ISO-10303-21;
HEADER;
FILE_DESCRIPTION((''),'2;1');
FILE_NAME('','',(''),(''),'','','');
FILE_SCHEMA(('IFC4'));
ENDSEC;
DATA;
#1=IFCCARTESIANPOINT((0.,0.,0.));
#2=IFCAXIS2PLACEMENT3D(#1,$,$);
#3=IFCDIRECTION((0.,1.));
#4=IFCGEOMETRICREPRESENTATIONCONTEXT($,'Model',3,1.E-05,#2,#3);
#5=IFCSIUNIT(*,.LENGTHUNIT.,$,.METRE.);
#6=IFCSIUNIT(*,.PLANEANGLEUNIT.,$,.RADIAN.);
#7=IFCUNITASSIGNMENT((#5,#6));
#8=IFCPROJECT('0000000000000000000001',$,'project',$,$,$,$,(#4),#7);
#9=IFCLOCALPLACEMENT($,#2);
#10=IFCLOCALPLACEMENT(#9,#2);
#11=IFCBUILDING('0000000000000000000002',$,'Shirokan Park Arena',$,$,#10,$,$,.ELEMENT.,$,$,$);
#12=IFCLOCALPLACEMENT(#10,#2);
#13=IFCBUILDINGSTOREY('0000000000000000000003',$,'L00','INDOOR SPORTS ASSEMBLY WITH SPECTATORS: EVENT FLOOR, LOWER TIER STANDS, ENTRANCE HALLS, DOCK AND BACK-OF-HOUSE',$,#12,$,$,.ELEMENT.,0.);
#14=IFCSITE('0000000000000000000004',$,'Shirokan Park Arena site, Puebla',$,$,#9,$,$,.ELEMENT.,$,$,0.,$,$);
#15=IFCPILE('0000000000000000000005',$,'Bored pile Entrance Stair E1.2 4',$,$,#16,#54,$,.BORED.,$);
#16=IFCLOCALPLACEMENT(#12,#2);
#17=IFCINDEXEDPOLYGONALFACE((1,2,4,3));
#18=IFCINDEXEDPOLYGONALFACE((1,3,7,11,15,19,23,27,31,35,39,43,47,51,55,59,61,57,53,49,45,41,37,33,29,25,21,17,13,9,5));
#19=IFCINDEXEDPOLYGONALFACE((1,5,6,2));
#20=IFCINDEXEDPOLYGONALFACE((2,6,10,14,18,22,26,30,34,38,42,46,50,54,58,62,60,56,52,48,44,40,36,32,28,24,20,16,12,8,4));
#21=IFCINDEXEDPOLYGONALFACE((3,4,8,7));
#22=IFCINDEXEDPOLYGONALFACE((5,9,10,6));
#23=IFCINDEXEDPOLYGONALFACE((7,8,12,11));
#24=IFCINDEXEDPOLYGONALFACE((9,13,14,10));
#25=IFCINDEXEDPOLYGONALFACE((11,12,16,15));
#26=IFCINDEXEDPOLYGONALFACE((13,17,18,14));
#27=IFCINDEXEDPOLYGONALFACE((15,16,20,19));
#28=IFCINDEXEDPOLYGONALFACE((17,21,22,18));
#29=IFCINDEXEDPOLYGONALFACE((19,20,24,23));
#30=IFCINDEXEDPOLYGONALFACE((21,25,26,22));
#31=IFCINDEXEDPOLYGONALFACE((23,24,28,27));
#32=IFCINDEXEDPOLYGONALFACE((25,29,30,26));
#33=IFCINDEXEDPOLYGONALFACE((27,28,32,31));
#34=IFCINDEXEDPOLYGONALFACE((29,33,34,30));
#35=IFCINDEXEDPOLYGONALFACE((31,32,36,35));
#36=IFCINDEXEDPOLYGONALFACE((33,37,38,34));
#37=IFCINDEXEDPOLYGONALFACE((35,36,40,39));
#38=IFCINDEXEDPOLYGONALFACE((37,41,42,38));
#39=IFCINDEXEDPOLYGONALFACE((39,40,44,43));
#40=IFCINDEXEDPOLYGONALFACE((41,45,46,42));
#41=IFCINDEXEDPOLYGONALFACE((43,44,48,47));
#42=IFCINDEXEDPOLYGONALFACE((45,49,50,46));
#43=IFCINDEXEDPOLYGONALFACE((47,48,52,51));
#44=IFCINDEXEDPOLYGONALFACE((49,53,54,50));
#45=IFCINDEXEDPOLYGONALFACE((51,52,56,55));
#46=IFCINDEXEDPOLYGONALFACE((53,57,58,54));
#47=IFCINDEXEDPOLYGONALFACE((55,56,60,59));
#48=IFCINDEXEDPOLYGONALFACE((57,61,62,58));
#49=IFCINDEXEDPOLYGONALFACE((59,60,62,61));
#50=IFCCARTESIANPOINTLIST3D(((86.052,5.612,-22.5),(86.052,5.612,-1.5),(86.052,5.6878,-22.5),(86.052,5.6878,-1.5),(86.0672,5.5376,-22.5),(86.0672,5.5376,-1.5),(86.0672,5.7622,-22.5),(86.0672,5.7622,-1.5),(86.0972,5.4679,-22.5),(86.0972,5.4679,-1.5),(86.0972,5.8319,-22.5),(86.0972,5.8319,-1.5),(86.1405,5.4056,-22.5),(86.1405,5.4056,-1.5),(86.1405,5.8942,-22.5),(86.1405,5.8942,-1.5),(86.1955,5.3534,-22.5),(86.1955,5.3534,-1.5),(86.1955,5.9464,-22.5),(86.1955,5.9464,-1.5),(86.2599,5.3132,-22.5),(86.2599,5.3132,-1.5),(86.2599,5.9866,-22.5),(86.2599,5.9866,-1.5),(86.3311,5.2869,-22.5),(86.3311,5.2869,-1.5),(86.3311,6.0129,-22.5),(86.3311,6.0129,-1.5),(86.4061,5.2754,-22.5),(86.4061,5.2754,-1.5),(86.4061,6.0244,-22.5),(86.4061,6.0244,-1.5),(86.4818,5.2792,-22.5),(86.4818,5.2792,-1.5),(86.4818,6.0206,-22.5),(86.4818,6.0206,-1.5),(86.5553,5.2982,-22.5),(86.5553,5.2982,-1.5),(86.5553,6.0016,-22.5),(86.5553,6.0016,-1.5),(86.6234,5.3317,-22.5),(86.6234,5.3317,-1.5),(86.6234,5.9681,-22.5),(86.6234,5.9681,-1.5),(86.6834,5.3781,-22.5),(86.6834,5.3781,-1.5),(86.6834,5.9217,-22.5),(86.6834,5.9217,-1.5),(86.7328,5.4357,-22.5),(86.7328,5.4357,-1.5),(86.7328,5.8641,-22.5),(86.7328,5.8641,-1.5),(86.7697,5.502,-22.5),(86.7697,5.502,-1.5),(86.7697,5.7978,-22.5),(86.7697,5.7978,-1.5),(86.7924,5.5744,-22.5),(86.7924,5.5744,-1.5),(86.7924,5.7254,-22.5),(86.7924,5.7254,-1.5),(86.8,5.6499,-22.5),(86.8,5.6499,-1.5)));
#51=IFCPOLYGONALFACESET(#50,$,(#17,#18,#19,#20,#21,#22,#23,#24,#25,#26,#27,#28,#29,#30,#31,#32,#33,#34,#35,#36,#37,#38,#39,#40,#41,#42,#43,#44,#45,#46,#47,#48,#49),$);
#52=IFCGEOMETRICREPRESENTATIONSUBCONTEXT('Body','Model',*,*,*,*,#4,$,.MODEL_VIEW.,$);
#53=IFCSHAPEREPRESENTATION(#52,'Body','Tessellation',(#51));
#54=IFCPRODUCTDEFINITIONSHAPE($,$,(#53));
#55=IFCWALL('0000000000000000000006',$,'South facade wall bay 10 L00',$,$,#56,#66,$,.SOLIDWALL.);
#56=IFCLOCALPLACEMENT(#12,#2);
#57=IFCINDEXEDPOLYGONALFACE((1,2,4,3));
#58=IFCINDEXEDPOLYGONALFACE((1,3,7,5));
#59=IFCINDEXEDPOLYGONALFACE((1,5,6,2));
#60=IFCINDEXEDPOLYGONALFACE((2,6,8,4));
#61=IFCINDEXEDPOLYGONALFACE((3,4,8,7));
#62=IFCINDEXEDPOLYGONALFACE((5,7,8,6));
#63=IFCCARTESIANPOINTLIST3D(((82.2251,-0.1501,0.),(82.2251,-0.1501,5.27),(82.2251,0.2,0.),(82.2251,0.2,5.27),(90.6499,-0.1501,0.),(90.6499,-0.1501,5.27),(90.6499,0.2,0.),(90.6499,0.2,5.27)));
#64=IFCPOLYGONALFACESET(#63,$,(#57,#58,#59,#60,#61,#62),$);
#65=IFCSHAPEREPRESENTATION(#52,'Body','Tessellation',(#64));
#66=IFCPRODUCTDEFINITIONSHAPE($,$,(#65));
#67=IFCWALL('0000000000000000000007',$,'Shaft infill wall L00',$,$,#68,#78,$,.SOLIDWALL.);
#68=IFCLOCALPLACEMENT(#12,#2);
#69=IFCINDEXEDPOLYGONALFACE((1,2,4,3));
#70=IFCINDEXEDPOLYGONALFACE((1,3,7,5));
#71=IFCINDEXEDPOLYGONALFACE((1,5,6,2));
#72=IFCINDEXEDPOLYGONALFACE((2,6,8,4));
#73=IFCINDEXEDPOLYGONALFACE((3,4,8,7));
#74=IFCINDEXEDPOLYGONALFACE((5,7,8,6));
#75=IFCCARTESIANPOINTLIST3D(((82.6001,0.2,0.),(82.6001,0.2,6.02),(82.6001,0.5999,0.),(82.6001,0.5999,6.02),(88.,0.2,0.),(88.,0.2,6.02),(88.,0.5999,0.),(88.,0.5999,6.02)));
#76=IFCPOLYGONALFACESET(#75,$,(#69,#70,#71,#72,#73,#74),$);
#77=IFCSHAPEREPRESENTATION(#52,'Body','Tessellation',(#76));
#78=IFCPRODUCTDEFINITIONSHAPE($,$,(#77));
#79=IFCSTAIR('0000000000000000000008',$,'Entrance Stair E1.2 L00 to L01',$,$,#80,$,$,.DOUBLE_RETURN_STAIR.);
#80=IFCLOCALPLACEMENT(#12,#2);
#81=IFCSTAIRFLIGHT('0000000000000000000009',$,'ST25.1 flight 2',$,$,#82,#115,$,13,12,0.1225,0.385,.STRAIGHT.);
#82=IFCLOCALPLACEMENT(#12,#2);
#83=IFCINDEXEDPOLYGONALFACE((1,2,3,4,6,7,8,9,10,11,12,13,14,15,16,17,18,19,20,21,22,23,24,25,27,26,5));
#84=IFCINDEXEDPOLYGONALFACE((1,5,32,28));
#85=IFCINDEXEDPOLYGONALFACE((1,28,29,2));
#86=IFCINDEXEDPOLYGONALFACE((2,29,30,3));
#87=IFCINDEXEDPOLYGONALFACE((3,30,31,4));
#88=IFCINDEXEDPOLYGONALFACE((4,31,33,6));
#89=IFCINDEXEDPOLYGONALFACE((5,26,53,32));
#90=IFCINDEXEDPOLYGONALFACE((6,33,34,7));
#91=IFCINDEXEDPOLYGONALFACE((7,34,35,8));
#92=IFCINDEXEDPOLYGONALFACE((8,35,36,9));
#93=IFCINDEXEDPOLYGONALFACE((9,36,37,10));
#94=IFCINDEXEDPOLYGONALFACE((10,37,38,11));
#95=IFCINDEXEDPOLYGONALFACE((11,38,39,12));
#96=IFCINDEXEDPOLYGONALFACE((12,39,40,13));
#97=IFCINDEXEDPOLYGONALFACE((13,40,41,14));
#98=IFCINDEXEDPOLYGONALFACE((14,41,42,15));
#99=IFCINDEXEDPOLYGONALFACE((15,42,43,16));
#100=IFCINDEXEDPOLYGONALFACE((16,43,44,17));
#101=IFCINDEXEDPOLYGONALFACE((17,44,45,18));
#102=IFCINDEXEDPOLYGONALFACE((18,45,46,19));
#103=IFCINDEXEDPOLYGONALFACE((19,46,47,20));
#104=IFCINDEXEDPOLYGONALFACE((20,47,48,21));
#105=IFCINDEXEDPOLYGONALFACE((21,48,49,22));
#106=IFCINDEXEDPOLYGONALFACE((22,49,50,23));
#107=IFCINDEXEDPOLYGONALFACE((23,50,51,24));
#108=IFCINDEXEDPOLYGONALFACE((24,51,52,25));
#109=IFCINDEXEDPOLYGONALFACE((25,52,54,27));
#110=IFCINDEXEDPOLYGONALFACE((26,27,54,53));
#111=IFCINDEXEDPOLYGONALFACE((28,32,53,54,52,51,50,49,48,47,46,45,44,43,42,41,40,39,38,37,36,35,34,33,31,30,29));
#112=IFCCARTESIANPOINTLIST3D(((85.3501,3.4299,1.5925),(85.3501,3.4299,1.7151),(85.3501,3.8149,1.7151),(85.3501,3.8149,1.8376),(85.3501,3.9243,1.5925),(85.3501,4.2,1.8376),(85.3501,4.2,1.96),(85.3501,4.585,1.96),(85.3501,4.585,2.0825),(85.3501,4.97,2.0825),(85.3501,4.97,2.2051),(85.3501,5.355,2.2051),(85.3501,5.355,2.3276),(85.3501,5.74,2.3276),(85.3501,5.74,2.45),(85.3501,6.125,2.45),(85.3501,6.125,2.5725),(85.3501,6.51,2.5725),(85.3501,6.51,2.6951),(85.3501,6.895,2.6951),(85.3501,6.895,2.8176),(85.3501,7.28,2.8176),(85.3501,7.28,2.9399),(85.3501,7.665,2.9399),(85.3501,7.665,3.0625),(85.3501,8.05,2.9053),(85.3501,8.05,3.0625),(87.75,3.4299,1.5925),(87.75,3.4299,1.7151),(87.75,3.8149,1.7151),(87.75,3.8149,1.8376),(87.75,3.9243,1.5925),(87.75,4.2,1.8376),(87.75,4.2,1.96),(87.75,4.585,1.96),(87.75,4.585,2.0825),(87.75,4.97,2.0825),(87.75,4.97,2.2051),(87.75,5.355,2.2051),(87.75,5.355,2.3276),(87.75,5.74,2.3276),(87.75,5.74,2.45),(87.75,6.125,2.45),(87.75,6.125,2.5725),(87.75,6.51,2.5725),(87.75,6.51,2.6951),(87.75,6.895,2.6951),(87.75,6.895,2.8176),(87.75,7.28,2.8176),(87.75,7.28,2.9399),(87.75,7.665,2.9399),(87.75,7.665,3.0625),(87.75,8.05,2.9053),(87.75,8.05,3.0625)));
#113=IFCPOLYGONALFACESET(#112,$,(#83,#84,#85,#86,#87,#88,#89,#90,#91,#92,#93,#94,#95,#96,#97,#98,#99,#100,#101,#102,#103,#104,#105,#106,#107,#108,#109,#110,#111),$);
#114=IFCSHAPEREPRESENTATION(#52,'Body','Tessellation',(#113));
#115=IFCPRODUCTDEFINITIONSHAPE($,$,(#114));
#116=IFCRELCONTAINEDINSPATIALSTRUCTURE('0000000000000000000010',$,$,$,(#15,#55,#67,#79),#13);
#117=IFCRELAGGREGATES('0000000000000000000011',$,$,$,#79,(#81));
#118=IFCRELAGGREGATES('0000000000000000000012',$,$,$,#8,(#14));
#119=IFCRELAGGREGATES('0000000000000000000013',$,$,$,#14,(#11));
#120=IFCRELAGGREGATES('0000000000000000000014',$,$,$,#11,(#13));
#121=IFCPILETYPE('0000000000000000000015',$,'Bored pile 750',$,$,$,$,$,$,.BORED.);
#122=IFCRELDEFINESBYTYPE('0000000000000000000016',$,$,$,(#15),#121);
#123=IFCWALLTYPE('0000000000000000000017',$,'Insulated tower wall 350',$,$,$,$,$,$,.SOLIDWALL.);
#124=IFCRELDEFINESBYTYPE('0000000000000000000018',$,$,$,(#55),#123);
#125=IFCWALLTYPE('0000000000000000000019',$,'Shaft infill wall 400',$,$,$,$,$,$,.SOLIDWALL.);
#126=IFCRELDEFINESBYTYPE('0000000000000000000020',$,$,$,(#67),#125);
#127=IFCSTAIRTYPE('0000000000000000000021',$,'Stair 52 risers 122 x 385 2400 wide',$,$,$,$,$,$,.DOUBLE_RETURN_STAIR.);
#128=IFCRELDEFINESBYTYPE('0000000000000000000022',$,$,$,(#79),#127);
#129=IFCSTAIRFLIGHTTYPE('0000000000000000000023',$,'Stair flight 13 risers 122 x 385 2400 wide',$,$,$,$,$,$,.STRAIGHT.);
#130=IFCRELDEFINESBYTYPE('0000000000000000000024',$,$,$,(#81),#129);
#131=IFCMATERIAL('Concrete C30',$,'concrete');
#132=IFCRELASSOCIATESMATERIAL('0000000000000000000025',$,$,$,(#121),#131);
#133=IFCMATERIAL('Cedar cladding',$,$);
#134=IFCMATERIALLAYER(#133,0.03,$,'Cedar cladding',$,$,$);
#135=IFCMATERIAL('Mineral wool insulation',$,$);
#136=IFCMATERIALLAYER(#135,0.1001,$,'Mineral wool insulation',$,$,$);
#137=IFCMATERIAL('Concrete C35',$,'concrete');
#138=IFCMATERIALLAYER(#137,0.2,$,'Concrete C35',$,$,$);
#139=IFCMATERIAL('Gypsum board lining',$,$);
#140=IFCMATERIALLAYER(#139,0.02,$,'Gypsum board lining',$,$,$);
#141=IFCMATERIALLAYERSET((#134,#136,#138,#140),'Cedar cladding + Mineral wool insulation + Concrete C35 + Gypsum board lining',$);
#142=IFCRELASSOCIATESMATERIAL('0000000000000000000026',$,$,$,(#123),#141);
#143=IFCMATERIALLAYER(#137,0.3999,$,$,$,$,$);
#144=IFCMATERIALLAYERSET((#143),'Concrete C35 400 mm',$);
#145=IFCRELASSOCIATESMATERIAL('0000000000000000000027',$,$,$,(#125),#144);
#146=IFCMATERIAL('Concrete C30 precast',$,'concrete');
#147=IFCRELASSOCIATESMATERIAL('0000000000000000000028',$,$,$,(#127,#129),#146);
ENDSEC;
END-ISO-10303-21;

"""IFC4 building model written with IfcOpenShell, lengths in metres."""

from ifc_helpers import new_model, si_unit, direction, frame, frame_2d, origin, origin_2d, place, context, subcontext, project, spatial, polyline, rectangle, circle, outline, extrude, material, layer, layer_set, material_profile, profile_set, type_object, element, aggregate, save


model = new_model("IFC4")

# Units and contexts
model_context = context("Model", 3, precision=1e-05, world=origin(), true_north=direction((0.0, 1.0)))
body_context = subcontext(model_context, "Body", "Model", "MODEL_VIEW")
ifc_project = project(units=[si_unit("LENGTHUNIT", "METRE"), si_unit("PLANEANGLEUNIT", "RADIAN")], contexts=[model_context])

# Site, building, storey
site_placement = place(None, origin())
site = spatial("IfcSite", under=ifc_project, at=site_placement, Name="Shirokan Park Arena site, Puebla", CompositionType="ELEMENT", RefElevation=0.0)
building_placement = place(site_placement, origin())
building = spatial("IfcBuilding", under=site, at=building_placement, Name="Shirokan Park Arena", CompositionType="ELEMENT")
storey_placement = place(building_placement, origin())
storey = spatial("IfcBuildingStorey", under=building, at=storey_placement, Name="L00", Description="INDOOR SPORTS ASSEMBLY WITH SPECTATORS: EVENT FLOOR, LOWER TIER STANDS, ENTRANCE HALLS, DOCK AND BACK-OF-HOUSE", CompositionType="ELEMENT", Elevation=0.0)

# Pile
ifc_material_1 = material(Name="Concrete C30", Category="concrete")
ifc_material_profile_1 = material_profile(ifc_material_1, circle(Radius=0.375, at=origin_2d()), Name="D750")
ifc_profile_set_1 = profile_set([ifc_material_profile_1], Name="Concrete C30")
pile_type_1 = type_object("IfcPileType", Name="Bored pile 750", PredefinedType="BORED", material=ifc_profile_set_1)
for number, where, z_axis, x_axis, name in (
    (1, (86.425, 5.6499, -1.5), (0.0, 0.0, -1.0), (1.0, 0.0, 0.0), "Bored pile Entrance Stair E1.2 4"),
):
    element("IfcPile", number, at=place(storey_placement, frame(where, z_axis=z_axis, x_axis=x_axis)), inside=storey, type_object=pile_type_1, Name=name, PredefinedType="BORED", context=body_context, shape_type="SweptSolid", body=[
        extrude(circle(Radius=0.375, at=origin_2d()), origin(), (0.0, 0.0, 1.0), 21.0),
    ])

# Shared definitions
ifc_material_2 = material(Name="Mineral wool insulation")

# Walls
ifc_material_3 = material(Name="Cedar cladding")
ifc_layer_1 = layer(ifc_material_3, 0.03, Name="Cedar cladding")
ifc_layer_2 = layer(ifc_material_2, 0.1001, Name="Mineral wool insulation")
ifc_material_4 = material(Name="Concrete C35", Category="concrete")
ifc_layer_3 = layer(ifc_material_4, 0.2, Name="Concrete C35")
ifc_material_5 = material(Name="Gypsum board lining")
ifc_layer_4 = layer(ifc_material_5, 0.02, Name="Gypsum board lining")
ifc_layer_set_1 = layer_set([ifc_layer_1, ifc_layer_2, ifc_layer_3, ifc_layer_4], Name="Cedar cladding + Mineral wool insulation + Concrete C35 + Gypsum board lining")
wall_type_1 = type_object("IfcWallType", Name="Insulated tower wall 350", PredefinedType="SOLIDWALL", material=ifc_layer_set_1)
wall_1_placement = place(storey_placement, frame((82.2251, 0.0249, 0.0), z_axis=(0.0, 0.0, 1.0), x_axis=(1.0, 0.0, 0.0)))
element("IfcWall", 2, at=wall_1_placement, inside=storey, type_object=wall_type_1, Name="South facade wall bay 10 L00", PredefinedType="SOLIDWALL", context=body_context, shape_type="SweptSolid", body=[
    extrude(rectangle(XDim=8.4248, YDim=0.3501, at=frame_2d((4.2124, 0.0))), origin(), (0.0, 0.0, 1.0), 5.27),
])
ifc_layer_5 = layer(ifc_material_4, 0.3999)
ifc_layer_set_2 = layer_set([ifc_layer_5], Name="Concrete C35 400 mm")
wall_type_2 = type_object("IfcWallType", Name="Shaft infill wall 400", PredefinedType="SOLIDWALL", material=ifc_layer_set_2)
wall_2_placement = place(storey_placement, frame((82.6001, 0.3999, 0.0), z_axis=(0.0, 0.0, 1.0), x_axis=(1.0, 0.0, 0.0)))
element("IfcWall", 3, at=wall_2_placement, inside=storey, type_object=wall_type_2, Name="Shaft infill wall L00", PredefinedType="SOLIDWALL", context=body_context, shape_type="SweptSolid", body=[
    extrude(rectangle(XDim=5.3999, YDim=0.3999, at=frame_2d((2.7, 0.0))), origin(), (0.0, 0.0, 1.0), 6.02),
])

# Stair, stair flight
ifc_material_6 = material(Name="Concrete C30 precast", Category="concrete")
stair_type = type_object("IfcStairType", Name="Stair 52 risers 122 x 385 2400 wide", PredefinedType="DOUBLE_RETURN_STAIR", material=ifc_material_6)
stair_placement = place(storey_placement, origin())
stair = element("IfcStair", 4, at=stair_placement, inside=storey, type_object=stair_type, Name="Entrance Stair E1.2 L00 to L01", PredefinedType="DOUBLE_RETURN_STAIR")
stair_flight_type = type_object("IfcStairFlightType", Name="Stair flight 13 risers 122 x 385 2400 wide", PredefinedType="STRAIGHT", material=ifc_material_6)
stair_flight_placement = place(storey_placement, frame((86.55, 3.4299, 1.5925), z_axis=(0.0, 0.0, 1.0), x_axis=(0.0, 1.0, 0.0)))
stair_flight = element("IfcStairFlight", 5, at=stair_flight_placement, type_object=stair_flight_type, Name="ST25.1 flight 2", NumberOfRisers=13, NumberOfTreads=12, PredefinedType="STRAIGHT", RiserHeight=0.1225, TreadLength=0.385, context=body_context, shape_type="SweptSolid", body=[
    extrude(outline(polyline([(0.0, 0.0), (0.0, 0.1226), (0.385, 0.1226), (0.385, 0.2451), (0.77, 0.2451), (0.77, 0.3674), (1.155, 0.3674), (1.155, 0.49), (1.54, 0.49), (1.54, 0.6125), (1.925, 0.6125), (1.925, 0.7351), (2.3101, 0.7351), (2.3101, 0.8574), (2.6951, 0.8574), (2.6951, 0.98), (3.0801, 0.98), (3.0801, 1.1025), (3.4651, 1.1025), (3.4651, 1.2251), (3.8501, 1.2251), (3.8501, 1.3474), (4.2351, 1.3474), (4.2351, 1.47), (4.6201, 1.47), (4.6201, 1.5925), (4.6201, 1.3127), (0.4944, 0.0), (0.0, 0.0)])), frame((0.0, 1.2, 0.0), z_axis=(0.0, -1.0, 0.0), x_axis=(1.0, 0.0, 0.0)), (0.0, 0.0, 1.0), 2.3999),
])
aggregate(stair, [stair_flight])

save(model, "model.ifc")
